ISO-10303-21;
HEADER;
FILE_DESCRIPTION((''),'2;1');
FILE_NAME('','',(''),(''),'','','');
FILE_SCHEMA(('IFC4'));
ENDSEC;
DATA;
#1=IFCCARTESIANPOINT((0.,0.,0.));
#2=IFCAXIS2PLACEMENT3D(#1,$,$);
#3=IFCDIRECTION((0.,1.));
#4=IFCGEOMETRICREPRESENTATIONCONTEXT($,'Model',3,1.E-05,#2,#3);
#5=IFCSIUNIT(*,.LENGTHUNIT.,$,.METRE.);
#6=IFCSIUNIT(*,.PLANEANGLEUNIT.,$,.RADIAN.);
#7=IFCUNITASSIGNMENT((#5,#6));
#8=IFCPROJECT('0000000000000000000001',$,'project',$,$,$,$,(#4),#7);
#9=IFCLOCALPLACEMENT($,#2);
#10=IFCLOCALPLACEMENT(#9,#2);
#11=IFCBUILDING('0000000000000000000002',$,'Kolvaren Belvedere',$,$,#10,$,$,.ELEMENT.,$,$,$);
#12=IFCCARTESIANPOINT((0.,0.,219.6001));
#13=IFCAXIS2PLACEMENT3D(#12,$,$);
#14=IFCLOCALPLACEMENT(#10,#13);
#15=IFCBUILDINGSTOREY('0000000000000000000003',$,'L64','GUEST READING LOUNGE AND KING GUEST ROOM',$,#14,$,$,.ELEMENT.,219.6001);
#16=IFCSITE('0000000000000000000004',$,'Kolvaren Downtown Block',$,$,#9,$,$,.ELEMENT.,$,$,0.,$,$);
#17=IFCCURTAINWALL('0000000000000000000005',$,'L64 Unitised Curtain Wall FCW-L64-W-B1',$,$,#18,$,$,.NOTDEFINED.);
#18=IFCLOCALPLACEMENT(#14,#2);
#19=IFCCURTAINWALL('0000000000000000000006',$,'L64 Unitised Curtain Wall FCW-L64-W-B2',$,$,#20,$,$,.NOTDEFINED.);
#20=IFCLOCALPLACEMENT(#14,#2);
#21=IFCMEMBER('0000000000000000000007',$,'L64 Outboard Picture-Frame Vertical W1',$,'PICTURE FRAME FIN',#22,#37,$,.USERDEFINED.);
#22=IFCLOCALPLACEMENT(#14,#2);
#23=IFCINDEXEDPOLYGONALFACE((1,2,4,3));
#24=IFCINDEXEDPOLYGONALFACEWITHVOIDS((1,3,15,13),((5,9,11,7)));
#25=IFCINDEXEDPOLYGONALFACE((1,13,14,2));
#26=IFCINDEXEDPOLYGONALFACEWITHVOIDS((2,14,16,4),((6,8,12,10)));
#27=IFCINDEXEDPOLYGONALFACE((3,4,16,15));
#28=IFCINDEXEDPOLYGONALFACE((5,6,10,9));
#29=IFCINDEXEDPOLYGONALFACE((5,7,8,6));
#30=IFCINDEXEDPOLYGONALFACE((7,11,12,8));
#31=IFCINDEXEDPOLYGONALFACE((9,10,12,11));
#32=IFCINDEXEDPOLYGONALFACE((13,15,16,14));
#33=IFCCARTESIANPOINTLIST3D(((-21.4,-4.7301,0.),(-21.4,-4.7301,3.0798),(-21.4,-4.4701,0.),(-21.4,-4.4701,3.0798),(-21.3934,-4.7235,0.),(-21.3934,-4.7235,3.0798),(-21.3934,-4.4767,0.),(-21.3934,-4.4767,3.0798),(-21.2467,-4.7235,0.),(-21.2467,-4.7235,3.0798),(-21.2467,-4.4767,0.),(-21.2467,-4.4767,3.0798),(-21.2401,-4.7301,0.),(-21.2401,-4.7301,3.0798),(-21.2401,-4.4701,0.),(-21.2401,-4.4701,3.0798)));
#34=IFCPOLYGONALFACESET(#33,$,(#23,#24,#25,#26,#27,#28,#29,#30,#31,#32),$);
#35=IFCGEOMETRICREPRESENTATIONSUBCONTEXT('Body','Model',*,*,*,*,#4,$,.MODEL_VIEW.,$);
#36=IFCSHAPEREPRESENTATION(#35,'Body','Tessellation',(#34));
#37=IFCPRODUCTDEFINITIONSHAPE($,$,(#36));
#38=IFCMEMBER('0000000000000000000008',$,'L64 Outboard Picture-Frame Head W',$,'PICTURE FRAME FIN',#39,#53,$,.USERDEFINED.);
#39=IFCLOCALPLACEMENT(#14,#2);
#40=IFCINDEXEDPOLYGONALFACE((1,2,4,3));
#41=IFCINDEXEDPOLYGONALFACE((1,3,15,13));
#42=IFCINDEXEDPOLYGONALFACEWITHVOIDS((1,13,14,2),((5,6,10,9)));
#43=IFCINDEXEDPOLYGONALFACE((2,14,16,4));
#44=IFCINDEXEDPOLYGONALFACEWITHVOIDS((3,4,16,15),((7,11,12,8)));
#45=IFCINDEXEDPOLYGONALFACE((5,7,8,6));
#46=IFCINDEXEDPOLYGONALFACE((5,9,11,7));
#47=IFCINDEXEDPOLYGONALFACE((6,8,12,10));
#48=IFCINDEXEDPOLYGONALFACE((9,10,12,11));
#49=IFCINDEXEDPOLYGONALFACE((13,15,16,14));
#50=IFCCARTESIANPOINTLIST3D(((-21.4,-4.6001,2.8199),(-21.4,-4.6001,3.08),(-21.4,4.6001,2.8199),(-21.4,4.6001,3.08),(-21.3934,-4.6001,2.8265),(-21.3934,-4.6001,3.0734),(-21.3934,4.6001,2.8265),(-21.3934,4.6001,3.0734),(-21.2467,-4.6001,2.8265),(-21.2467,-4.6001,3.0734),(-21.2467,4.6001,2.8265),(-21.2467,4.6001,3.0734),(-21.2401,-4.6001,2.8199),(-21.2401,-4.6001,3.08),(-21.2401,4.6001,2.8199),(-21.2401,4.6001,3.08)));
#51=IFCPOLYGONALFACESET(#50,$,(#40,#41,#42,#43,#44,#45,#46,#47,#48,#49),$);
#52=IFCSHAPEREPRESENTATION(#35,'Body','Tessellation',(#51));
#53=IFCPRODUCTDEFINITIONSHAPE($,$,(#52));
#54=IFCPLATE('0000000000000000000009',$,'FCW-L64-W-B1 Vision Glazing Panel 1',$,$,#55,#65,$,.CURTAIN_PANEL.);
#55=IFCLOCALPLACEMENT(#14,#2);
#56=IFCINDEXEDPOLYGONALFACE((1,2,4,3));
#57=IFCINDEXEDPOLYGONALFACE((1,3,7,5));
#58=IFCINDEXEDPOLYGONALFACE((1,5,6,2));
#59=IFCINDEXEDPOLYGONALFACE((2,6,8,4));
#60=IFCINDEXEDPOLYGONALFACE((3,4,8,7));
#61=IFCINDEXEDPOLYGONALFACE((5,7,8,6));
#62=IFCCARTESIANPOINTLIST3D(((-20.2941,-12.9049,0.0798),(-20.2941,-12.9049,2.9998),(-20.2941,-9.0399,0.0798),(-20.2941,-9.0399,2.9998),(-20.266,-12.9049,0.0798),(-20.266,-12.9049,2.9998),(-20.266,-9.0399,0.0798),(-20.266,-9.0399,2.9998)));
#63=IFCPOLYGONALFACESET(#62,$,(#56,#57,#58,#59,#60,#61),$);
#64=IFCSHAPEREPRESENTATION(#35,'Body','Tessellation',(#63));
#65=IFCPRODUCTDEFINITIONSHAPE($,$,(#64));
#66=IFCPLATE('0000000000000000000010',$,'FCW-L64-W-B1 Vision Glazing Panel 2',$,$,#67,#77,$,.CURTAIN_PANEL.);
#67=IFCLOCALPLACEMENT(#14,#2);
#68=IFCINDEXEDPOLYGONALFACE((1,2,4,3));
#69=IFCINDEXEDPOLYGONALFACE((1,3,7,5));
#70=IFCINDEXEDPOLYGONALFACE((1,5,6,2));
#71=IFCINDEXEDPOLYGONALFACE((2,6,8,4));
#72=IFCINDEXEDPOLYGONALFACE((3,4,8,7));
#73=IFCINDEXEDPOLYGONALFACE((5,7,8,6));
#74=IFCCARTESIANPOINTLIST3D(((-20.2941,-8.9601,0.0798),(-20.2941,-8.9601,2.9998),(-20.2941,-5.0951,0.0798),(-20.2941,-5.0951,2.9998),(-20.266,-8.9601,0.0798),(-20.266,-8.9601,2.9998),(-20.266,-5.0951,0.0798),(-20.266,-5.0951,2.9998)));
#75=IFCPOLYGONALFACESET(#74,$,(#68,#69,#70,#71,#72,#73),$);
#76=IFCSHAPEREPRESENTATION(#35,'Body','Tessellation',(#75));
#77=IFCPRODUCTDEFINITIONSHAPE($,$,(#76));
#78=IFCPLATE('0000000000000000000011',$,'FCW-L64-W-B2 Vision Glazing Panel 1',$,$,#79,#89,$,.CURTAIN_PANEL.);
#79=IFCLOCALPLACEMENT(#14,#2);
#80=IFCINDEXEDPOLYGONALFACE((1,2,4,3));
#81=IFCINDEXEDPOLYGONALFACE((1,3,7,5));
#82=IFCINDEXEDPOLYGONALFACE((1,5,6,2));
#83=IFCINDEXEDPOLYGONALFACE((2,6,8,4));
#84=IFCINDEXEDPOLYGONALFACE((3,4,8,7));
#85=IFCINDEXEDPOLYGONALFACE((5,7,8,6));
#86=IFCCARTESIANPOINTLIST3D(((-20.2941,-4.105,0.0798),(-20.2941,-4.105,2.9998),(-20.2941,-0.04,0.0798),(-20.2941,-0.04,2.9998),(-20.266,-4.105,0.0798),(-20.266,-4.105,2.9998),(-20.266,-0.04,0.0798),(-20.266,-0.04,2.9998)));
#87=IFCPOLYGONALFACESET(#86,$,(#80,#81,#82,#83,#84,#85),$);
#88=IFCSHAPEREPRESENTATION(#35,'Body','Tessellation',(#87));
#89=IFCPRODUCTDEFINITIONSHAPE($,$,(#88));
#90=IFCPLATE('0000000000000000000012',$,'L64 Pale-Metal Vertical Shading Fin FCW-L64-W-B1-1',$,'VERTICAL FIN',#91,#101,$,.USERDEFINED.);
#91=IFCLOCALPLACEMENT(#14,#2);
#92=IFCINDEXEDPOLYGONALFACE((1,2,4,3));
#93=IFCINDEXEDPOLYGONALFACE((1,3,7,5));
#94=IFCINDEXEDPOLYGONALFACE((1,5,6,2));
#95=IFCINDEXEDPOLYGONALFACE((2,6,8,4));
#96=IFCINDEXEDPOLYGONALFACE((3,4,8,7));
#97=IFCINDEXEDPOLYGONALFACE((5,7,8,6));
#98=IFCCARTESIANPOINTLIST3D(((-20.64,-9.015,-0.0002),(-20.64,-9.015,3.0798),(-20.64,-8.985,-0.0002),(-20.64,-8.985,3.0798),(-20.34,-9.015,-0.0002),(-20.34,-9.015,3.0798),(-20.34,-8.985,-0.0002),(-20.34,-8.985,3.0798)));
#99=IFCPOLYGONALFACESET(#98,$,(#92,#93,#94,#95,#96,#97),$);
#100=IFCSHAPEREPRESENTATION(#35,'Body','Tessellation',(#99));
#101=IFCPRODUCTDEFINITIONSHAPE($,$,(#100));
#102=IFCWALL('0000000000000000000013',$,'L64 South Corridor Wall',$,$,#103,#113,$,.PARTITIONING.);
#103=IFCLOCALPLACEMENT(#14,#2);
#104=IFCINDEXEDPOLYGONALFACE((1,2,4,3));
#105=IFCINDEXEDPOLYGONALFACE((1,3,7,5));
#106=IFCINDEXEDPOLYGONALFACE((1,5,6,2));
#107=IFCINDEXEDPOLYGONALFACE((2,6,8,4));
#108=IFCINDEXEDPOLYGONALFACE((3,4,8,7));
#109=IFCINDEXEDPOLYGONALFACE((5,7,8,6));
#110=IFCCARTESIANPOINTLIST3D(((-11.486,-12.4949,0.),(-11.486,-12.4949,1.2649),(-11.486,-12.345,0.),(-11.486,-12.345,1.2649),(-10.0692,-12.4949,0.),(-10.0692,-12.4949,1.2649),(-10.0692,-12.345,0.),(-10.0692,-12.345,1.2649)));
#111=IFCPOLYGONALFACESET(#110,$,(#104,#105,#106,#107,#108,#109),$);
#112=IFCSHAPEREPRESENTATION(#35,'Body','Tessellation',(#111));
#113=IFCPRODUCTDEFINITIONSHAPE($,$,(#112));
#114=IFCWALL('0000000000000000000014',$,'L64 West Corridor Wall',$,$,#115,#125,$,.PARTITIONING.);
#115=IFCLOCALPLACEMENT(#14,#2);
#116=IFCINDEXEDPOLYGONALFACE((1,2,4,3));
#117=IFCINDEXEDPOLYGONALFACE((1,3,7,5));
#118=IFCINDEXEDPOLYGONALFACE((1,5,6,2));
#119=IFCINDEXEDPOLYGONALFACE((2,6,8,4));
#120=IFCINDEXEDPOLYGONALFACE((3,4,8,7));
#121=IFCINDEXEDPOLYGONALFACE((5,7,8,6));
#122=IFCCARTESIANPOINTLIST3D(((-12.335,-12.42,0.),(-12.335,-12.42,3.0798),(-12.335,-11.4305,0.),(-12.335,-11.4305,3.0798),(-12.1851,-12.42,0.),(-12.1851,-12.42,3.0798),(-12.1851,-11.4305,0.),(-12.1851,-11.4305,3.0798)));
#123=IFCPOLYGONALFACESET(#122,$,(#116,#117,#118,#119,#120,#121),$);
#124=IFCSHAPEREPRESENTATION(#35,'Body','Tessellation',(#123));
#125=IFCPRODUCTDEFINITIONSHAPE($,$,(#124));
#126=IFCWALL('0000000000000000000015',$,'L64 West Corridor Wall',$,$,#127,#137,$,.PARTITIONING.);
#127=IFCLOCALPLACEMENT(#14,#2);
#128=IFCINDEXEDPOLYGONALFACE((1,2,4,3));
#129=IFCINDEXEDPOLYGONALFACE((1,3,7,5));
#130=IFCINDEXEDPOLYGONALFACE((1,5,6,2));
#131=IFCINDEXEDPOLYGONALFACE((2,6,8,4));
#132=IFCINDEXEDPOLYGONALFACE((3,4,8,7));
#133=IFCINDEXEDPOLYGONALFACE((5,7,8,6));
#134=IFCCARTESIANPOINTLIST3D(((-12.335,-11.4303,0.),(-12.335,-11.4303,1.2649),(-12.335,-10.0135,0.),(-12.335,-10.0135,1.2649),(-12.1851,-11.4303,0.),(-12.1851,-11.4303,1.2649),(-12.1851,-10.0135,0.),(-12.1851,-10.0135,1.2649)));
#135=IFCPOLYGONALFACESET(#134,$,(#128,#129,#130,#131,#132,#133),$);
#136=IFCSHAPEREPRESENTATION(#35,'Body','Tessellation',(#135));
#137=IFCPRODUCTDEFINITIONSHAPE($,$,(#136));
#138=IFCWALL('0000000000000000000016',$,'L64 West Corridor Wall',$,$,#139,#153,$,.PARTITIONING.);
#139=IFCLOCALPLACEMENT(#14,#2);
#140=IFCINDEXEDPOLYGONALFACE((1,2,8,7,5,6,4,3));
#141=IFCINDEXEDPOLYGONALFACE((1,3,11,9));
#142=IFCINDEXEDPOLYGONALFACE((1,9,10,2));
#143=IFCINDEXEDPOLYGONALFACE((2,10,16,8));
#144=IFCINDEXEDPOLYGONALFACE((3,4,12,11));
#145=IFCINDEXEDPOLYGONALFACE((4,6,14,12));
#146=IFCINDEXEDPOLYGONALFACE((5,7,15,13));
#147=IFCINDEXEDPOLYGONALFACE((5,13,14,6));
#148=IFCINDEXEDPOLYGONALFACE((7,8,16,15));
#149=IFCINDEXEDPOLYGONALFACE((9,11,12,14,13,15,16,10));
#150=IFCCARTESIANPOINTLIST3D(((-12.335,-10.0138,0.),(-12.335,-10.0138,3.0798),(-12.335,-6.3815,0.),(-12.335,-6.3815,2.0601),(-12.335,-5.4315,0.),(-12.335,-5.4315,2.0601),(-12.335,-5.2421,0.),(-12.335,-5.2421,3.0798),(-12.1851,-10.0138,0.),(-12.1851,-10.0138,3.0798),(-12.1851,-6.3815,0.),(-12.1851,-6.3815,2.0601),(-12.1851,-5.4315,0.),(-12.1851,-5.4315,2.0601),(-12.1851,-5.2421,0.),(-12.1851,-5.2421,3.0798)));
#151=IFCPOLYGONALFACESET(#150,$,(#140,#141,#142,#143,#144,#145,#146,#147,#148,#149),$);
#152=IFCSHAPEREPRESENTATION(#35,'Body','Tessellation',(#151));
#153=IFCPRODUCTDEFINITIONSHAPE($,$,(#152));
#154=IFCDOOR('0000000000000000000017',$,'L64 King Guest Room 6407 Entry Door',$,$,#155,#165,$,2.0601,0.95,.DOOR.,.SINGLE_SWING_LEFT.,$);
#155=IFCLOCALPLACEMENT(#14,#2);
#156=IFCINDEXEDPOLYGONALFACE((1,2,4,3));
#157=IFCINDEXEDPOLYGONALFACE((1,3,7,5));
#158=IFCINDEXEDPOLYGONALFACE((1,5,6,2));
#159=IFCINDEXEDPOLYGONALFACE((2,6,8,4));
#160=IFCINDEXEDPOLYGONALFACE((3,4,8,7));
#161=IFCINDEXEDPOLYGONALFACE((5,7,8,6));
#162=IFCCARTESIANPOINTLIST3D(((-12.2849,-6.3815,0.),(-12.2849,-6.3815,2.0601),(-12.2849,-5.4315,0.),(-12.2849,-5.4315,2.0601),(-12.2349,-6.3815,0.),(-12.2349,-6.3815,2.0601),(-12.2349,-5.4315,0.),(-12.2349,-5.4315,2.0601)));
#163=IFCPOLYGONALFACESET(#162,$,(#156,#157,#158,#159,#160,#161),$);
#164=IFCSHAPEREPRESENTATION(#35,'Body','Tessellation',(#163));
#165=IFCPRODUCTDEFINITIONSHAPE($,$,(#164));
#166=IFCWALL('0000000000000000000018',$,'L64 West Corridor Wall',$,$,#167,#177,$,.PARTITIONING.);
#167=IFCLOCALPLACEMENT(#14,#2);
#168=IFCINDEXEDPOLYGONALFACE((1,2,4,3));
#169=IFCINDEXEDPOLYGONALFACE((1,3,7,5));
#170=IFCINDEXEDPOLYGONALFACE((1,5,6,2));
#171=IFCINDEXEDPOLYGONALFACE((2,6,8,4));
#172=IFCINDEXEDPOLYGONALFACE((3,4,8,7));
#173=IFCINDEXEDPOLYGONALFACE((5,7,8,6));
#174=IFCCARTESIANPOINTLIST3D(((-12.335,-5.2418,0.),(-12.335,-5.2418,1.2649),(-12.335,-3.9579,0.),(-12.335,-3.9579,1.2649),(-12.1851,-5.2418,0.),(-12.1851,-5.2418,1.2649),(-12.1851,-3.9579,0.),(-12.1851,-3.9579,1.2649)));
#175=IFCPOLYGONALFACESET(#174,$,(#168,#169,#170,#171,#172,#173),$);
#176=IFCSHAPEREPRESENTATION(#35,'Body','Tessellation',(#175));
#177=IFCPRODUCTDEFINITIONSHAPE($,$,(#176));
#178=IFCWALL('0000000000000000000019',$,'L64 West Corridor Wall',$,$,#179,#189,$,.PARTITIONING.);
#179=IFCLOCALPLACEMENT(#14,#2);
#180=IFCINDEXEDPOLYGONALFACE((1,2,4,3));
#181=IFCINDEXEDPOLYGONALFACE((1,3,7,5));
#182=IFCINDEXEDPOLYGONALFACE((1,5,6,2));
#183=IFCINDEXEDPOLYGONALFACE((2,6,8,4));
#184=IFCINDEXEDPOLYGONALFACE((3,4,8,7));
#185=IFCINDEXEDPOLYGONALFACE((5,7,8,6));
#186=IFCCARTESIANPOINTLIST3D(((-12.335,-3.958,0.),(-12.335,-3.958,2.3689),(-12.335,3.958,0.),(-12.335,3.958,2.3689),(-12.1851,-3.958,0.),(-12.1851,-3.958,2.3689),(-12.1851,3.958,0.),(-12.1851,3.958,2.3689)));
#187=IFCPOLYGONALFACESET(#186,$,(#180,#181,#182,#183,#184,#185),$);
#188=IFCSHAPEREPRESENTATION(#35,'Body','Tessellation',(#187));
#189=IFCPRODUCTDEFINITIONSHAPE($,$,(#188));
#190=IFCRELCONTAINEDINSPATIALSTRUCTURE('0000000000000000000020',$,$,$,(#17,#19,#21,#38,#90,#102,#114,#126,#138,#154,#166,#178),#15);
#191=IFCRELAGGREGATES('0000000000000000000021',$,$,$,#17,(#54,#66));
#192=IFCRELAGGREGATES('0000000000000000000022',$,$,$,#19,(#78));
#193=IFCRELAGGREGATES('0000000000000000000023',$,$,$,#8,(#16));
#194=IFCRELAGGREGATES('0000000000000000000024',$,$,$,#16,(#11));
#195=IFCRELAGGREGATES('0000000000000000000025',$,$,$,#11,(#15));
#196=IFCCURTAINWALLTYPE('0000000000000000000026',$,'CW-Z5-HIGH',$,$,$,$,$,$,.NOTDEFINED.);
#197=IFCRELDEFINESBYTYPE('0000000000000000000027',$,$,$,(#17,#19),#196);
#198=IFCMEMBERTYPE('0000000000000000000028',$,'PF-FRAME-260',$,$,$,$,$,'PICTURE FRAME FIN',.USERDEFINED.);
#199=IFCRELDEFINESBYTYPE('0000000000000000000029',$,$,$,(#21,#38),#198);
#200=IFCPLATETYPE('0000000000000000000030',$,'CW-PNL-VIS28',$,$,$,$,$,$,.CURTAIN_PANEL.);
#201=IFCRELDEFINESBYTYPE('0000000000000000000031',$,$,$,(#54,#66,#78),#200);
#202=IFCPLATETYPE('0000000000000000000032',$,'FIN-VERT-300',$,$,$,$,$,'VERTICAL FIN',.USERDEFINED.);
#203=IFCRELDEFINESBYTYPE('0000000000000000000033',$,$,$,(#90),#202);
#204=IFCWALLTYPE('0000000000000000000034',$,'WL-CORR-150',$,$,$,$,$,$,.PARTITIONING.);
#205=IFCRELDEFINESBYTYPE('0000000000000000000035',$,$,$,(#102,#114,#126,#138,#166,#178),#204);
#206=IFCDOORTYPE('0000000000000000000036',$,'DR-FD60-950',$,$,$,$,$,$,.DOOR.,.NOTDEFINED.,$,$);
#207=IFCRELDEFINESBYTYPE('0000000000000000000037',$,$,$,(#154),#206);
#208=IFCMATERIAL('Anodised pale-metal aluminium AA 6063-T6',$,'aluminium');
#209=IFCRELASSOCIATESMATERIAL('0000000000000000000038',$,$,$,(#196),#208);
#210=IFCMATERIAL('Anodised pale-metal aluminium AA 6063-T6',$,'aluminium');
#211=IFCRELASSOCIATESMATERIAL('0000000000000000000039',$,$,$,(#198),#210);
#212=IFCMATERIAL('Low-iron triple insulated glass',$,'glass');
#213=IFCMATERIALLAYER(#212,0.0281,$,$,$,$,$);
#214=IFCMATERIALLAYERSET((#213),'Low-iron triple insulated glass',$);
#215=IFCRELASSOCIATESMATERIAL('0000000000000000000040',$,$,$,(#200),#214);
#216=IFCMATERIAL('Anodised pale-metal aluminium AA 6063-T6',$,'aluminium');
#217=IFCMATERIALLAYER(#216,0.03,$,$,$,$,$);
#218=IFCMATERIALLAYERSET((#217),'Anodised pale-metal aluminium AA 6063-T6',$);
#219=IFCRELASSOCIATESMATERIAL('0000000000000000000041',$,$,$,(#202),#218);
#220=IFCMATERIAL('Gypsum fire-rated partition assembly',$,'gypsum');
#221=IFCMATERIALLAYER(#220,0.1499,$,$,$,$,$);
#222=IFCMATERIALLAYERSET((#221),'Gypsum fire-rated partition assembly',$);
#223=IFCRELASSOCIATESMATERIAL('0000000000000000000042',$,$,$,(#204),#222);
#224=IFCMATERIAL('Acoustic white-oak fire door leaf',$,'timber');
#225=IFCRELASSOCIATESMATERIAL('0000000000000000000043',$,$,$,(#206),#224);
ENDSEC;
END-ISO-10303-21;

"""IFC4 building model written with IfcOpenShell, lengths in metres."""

from ifc_helpers import new_model, si_unit, direction, frame, frame_2d, origin, origin_2d, place, context, subcontext, project, spatial, rectangle, hollow_rectangle, extrude, material, layer, layer_set, material_profile, profile_set, type_object, element, fill, aggregate, save


model = new_model("IFC4")

# Units and contexts
model_context = context("Model", 3, precision=1e-05, world=origin(), true_north=direction((0.0, 1.0)))
body_context = subcontext(model_context, "Body", "Model", "MODEL_VIEW")
ifc_project = project(units=[si_unit("LENGTHUNIT", "METRE"), si_unit("PLANEANGLEUNIT", "RADIAN")], contexts=[model_context])

# Site, building, storey
site_placement = place(None, origin())
site = spatial("IfcSite", under=ifc_project, at=site_placement, Name="Kolvaren Downtown Block", CompositionType="ELEMENT", RefElevation=0.0)
building_placement = place(site_placement, origin())
building = spatial("IfcBuilding", under=site, at=building_placement, Name="Kolvaren Belvedere", CompositionType="ELEMENT")
storey_placement = place(building_placement, frame((0.0, 0.0, 219.6001)))
storey = spatial("IfcBuildingStorey", under=building, at=storey_placement, Name="L64", Description="GUEST READING LOUNGE AND KING GUEST ROOM", CompositionType="ELEMENT", Elevation=219.6001)

# Curtain walls
ifc_material_1 = material(Name="Anodised pale-metal aluminium AA 6063-T6", Category="aluminium")
curtain_wall_type = type_object("IfcCurtainWallType", Name="CW-Z5-HIGH", PredefinedType="NOTDEFINED", material=ifc_material_1)
curtain_wall_1_placement = place(storey_placement, origin())
curtain_wall_1 = element("IfcCurtainWall", 1, at=curtain_wall_1_placement, inside=storey, type_object=curtain_wall_type, Name="L64 Unitised Curtain Wall FCW-L64-W-B1", PredefinedType="NOTDEFINED")
curtain_wall_2_placement = place(storey_placement, origin())
curtain_wall_2 = element("IfcCurtainWall", 2, at=curtain_wall_2_placement, inside=storey, type_object=curtain_wall_type, Name="L64 Unitised Curtain Wall FCW-L64-W-B2", PredefinedType="NOTDEFINED")

# Members
ifc_material_2 = material(Name="Anodised pale-metal aluminium AA 6063-T6", Category="aluminium")
ifc_material_profile_1 = material_profile(ifc_material_2, hollow_rectangle(XDim=0.1599, YDim=0.26, WallThickness=0.0066, at=origin_2d()), Name="ALU-PF-260X160")
ifc_profile_set_1 = profile_set([ifc_material_profile_1], Name="Anodised pale-metal aluminium AA 6063-T6")
member_type_1 = type_object("IfcMemberType", Name="PF-FRAME-260", ElementType="PICTURE FRAME FIN", PredefinedType="USERDEFINED", material=ifc_profile_set_1)
member_1_placement = place(storey_placement, frame((-21.3201, -4.6001, 0.0), z_axis=(0.0, 0.0, 1.0), x_axis=(1.0, 0.0, 0.0)))
element("IfcMember", 3, at=member_1_placement, inside=storey, type_object=member_type_1, Name="L64 Outboard Picture-Frame Vertical W1", ObjectType="PICTURE FRAME FIN", PredefinedType="USERDEFINED", context=body_context, shape_type="SweptSolid", body=[
    extrude(hollow_rectangle(XDim=0.1599, YDim=0.26, WallThickness=0.0066, at=origin_2d()), origin(), (0.0, 0.0, 1.0), 3.0798),
])
member_2_placement = place(storey_placement, frame((-21.3201, -4.6001, 2.95), z_axis=(0.0, 1.0, 0.0), x_axis=(-1.0, 0.0, 0.0)))
element("IfcMember", 4, at=member_2_placement, inside=storey, type_object=member_type_1, Name="L64 Outboard Picture-Frame Head W", ObjectType="PICTURE FRAME FIN", PredefinedType="USERDEFINED", context=body_context, shape_type="SweptSolid", body=[
    extrude(hollow_rectangle(XDim=0.1599, YDim=0.26, WallThickness=0.0066, at=origin_2d()), origin(), (0.0, 0.0, 1.0), 9.2002),
])

# Plates
ifc_material_3 = material(Name="Low-iron triple insulated glass", Category="glass")
ifc_layer_1 = layer(ifc_material_3, 0.0281)
ifc_layer_set_1 = layer_set([ifc_layer_1], Name="Low-iron triple insulated glass")
plate_type_1 = type_object("IfcPlateType", Name="CW-PNL-VIS28", PredefinedType="CURTAIN_PANEL", material=ifc_layer_set_1)
plate_1_placement = place(storey_placement, frame((-20.28, -10.9724, 0.0798), z_axis=(0.0, 0.0, 1.0), x_axis=(0.0, 1.0, 0.0)))
plate_1 = element("IfcPlate", 5, at=plate_1_placement, type_object=plate_type_1, Name="FCW-L64-W-B1 Vision Glazing Panel 1", PredefinedType="CURTAIN_PANEL", context=body_context, shape_type="SweptSolid", body=[
    extrude(rectangle(XDim=3.865, YDim=0.0281, at=origin_2d()), origin(), (0.0, 0.0, 1.0), 2.9199),
])
plate_2_placement = place(storey_placement, frame((-20.28, -7.0276, 0.0798), z_axis=(0.0, 0.0, 1.0), x_axis=(0.0, 1.0, 0.0)))
plate_2 = element("IfcPlate", 6, at=plate_2_placement, type_object=plate_type_1, Name="FCW-L64-W-B1 Vision Glazing Panel 2", PredefinedType="CURTAIN_PANEL", context=body_context, shape_type="SweptSolid", body=[
    extrude(rectangle(XDim=3.865, YDim=0.0281, at=origin_2d()), origin(), (0.0, 0.0, 1.0), 2.9199),
])
aggregate(curtain_wall_1, [plate_1, plate_2])
plate_3_placement = place(storey_placement, frame((-20.28, -2.0725, 0.0798), z_axis=(0.0, 0.0, 1.0), x_axis=(0.0, 1.0, 0.0)))
plate_3 = element("IfcPlate", 7, at=plate_3_placement, type_object=plate_type_1, Name="FCW-L64-W-B2 Vision Glazing Panel 1", PredefinedType="CURTAIN_PANEL", context=body_context, shape_type="SweptSolid", body=[
    extrude(rectangle(XDim=4.0649, YDim=0.0281, at=origin_2d()), origin(), (0.0, 0.0, 1.0), 2.9199),
])
aggregate(curtain_wall_2, [plate_3])
ifc_material_4 = material(Name="Anodised pale-metal aluminium AA 6063-T6", Category="aluminium")
ifc_layer_2 = layer(ifc_material_4, 0.03)
ifc_layer_set_2 = layer_set([ifc_layer_2], Name="Anodised pale-metal aluminium AA 6063-T6")
plate_type_2 = type_object("IfcPlateType", Name="FIN-VERT-300", ElementType="VERTICAL FIN", PredefinedType="USERDEFINED", material=ifc_layer_set_2)
plate_4_placement = place(storey_placement, frame((-20.49, -9.0, -0.0002), z_axis=(0.0, 0.0, 1.0), x_axis=(1.0, 0.0, 0.0)))
element("IfcPlate", 8, at=plate_4_placement, inside=storey, type_object=plate_type_2, Name="L64 Pale-Metal Vertical Shading Fin FCW-L64-W-B1-1", ObjectType="VERTICAL FIN", PredefinedType="USERDEFINED", context=body_context, shape_type="SweptSolid", body=[
    extrude(rectangle(XDim=0.3, YDim=0.03, at=origin_2d()), origin(), (0.0, 0.0, 1.0), 3.0801),
])

# Walls
ifc_material_5 = material(Name="Gypsum fire-rated partition assembly", Category="gypsum")
ifc_layer_3 = layer(ifc_material_5, 0.1499)
ifc_layer_set_3 = layer_set([ifc_layer_3], Name="Gypsum fire-rated partition assembly")
wall_type_1 = type_object("IfcWallType", Name="WL-CORR-150", PredefinedType="PARTITIONING", material=ifc_layer_set_3)
wall_1_placement = place(storey_placement, frame((-11.4861, -12.4199, 0.0), z_axis=(0.0, 0.0, 1.0), x_axis=(1.0, 0.0, 0.0)))
element("IfcWall", 9, at=wall_1_placement, inside=storey, type_object=wall_type_1, Name="L64 South Corridor Wall", PredefinedType="PARTITIONING", context=body_context, shape_type="SweptSolid", body=[
    extrude(rectangle(XDim=1.4167, YDim=0.1499, at=frame_2d((0.7085, 0.0))), origin(), (0.0, 0.0, 1.0), 1.2649),
])
wall_2_placement = place(storey_placement, frame((-12.26, -12.4199, 0.0), z_axis=(0.0, 0.0, 1.0), x_axis=(0.0, 1.0, 0.0)))
element("IfcWall", 10, at=wall_2_placement, inside=storey, type_object=wall_type_1, Name="L64 West Corridor Wall", PredefinedType="PARTITIONING", context=body_context, shape_type="SweptSolid", body=[
    extrude(rectangle(XDim=0.9895, YDim=0.1499, at=frame_2d((0.4946, 0.0))), origin(), (0.0, 0.0, 1.0), 3.0798),
])
wall_3_placement = place(storey_placement, frame((-12.26, -11.4304, 0.0), z_axis=(0.0, 0.0, 1.0), x_axis=(0.0, 1.0, 0.0)))
element("IfcWall", 11, at=wall_3_placement, inside=storey, type_object=wall_type_1, Name="L64 West Corridor Wall", PredefinedType="PARTITIONING", context=body_context, shape_type="SweptSolid", body=[
    extrude(rectangle(XDim=1.4167, YDim=0.1499, at=frame_2d((0.7085, 0.0))), origin(), (0.0, 0.0, 1.0), 1.2649),
])

# Wall, opening, door
wall_4_placement = place(storey_placement, frame((-12.26, -10.0137, 0.0), z_axis=(0.0, 0.0, 1.0), x_axis=(0.0, 1.0, 0.0)))
wall_4 = element("IfcWall", 12, at=wall_4_placement, inside=storey, type_object=wall_type_1, Name="L64 West Corridor Wall", PredefinedType="PARTITIONING", context=body_context, shape_type="SweptSolid", body=[
    extrude(rectangle(XDim=4.7717, YDim=0.1499, at=frame_2d((2.3857, 0.0))), origin(), (0.0, 0.0, 1.0), 3.0798),
])
opening_1_placement = place(wall_4_placement, frame((3.6321, 0.0, 0.0)))
opening_1 = element("IfcOpeningElement", 13, at=opening_1_placement, cuts=wall_4, PredefinedType="OPENING", context=body_context, shape_type="SweptSolid", body=[
    extrude(rectangle(XDim=0.95, YDim=2.0601, at=frame_2d((0.4751, 1.03))), frame((0.0, 0.085, 0.0), z_axis=(0.0, -1.0, 0.0), x_axis=(1.0, 0.0, 0.0)), (0.0, 0.0, 1.0), 0.1699),
])
ifc_material_6 = material(Name="Acoustic white-oak fire door leaf", Category="timber")
door_type_1 = type_object("IfcDoorType", Name="DR-FD60-950", OperationType="NOTDEFINED", PredefinedType="DOOR", material=ifc_material_6)
door_1_placement = place(opening_1_placement, origin())
door_1 = element("IfcDoor", 14, at=door_1_placement, inside=storey, type_object=door_type_1, Name="L64 King Guest Room 6407 Entry Door", OperationType="SINGLE_SWING_LEFT", OverallHeight=2.0601, OverallWidth=0.95, PredefinedType="DOOR", context=body_context, shape_type="SweptSolid", body=[
    extrude(rectangle(XDim=0.95, YDim=2.0601, at=frame_2d((0.4751, 1.03))), frame((0.0, 0.0249, 0.0), z_axis=(0.0, -1.0, 0.0), x_axis=(1.0, 0.0, 0.0)), (0.0, 0.0, 1.0), 0.05),
])
fill(opening_1, door_1)

# Walls
wall_5_placement = place(storey_placement, frame((-12.26, -5.2419, 0.0), z_axis=(0.0, 0.0, 1.0), x_axis=(0.0, 1.0, 0.0)))
element("IfcWall", 15, at=wall_5_placement, inside=storey, type_object=wall_type_1, Name="L64 West Corridor Wall", PredefinedType="PARTITIONING", context=body_context, shape_type="SweptSolid", body=[
    extrude(rectangle(XDim=1.2839, YDim=0.1499, at=frame_2d((0.6421, 0.0))), origin(), (0.0, 0.0, 1.0), 1.2649),
])
wall_6_placement = place(storey_placement, frame((-12.26, -3.958, 0.0), z_axis=(0.0, 0.0, 1.0), x_axis=(0.0, 1.0, 0.0)))
element("IfcWall", 16, at=wall_6_placement, inside=storey, type_object=wall_type_1, Name="L64 West Corridor Wall", PredefinedType="PARTITIONING", context=body_context, shape_type="SweptSolid", body=[
    extrude(rectangle(XDim=7.916, YDim=0.1499, at=frame_2d((3.958, 0.0))), origin(), (0.0, 0.0, 1.0), 2.3689),
])

save(model, "model.ifc")
